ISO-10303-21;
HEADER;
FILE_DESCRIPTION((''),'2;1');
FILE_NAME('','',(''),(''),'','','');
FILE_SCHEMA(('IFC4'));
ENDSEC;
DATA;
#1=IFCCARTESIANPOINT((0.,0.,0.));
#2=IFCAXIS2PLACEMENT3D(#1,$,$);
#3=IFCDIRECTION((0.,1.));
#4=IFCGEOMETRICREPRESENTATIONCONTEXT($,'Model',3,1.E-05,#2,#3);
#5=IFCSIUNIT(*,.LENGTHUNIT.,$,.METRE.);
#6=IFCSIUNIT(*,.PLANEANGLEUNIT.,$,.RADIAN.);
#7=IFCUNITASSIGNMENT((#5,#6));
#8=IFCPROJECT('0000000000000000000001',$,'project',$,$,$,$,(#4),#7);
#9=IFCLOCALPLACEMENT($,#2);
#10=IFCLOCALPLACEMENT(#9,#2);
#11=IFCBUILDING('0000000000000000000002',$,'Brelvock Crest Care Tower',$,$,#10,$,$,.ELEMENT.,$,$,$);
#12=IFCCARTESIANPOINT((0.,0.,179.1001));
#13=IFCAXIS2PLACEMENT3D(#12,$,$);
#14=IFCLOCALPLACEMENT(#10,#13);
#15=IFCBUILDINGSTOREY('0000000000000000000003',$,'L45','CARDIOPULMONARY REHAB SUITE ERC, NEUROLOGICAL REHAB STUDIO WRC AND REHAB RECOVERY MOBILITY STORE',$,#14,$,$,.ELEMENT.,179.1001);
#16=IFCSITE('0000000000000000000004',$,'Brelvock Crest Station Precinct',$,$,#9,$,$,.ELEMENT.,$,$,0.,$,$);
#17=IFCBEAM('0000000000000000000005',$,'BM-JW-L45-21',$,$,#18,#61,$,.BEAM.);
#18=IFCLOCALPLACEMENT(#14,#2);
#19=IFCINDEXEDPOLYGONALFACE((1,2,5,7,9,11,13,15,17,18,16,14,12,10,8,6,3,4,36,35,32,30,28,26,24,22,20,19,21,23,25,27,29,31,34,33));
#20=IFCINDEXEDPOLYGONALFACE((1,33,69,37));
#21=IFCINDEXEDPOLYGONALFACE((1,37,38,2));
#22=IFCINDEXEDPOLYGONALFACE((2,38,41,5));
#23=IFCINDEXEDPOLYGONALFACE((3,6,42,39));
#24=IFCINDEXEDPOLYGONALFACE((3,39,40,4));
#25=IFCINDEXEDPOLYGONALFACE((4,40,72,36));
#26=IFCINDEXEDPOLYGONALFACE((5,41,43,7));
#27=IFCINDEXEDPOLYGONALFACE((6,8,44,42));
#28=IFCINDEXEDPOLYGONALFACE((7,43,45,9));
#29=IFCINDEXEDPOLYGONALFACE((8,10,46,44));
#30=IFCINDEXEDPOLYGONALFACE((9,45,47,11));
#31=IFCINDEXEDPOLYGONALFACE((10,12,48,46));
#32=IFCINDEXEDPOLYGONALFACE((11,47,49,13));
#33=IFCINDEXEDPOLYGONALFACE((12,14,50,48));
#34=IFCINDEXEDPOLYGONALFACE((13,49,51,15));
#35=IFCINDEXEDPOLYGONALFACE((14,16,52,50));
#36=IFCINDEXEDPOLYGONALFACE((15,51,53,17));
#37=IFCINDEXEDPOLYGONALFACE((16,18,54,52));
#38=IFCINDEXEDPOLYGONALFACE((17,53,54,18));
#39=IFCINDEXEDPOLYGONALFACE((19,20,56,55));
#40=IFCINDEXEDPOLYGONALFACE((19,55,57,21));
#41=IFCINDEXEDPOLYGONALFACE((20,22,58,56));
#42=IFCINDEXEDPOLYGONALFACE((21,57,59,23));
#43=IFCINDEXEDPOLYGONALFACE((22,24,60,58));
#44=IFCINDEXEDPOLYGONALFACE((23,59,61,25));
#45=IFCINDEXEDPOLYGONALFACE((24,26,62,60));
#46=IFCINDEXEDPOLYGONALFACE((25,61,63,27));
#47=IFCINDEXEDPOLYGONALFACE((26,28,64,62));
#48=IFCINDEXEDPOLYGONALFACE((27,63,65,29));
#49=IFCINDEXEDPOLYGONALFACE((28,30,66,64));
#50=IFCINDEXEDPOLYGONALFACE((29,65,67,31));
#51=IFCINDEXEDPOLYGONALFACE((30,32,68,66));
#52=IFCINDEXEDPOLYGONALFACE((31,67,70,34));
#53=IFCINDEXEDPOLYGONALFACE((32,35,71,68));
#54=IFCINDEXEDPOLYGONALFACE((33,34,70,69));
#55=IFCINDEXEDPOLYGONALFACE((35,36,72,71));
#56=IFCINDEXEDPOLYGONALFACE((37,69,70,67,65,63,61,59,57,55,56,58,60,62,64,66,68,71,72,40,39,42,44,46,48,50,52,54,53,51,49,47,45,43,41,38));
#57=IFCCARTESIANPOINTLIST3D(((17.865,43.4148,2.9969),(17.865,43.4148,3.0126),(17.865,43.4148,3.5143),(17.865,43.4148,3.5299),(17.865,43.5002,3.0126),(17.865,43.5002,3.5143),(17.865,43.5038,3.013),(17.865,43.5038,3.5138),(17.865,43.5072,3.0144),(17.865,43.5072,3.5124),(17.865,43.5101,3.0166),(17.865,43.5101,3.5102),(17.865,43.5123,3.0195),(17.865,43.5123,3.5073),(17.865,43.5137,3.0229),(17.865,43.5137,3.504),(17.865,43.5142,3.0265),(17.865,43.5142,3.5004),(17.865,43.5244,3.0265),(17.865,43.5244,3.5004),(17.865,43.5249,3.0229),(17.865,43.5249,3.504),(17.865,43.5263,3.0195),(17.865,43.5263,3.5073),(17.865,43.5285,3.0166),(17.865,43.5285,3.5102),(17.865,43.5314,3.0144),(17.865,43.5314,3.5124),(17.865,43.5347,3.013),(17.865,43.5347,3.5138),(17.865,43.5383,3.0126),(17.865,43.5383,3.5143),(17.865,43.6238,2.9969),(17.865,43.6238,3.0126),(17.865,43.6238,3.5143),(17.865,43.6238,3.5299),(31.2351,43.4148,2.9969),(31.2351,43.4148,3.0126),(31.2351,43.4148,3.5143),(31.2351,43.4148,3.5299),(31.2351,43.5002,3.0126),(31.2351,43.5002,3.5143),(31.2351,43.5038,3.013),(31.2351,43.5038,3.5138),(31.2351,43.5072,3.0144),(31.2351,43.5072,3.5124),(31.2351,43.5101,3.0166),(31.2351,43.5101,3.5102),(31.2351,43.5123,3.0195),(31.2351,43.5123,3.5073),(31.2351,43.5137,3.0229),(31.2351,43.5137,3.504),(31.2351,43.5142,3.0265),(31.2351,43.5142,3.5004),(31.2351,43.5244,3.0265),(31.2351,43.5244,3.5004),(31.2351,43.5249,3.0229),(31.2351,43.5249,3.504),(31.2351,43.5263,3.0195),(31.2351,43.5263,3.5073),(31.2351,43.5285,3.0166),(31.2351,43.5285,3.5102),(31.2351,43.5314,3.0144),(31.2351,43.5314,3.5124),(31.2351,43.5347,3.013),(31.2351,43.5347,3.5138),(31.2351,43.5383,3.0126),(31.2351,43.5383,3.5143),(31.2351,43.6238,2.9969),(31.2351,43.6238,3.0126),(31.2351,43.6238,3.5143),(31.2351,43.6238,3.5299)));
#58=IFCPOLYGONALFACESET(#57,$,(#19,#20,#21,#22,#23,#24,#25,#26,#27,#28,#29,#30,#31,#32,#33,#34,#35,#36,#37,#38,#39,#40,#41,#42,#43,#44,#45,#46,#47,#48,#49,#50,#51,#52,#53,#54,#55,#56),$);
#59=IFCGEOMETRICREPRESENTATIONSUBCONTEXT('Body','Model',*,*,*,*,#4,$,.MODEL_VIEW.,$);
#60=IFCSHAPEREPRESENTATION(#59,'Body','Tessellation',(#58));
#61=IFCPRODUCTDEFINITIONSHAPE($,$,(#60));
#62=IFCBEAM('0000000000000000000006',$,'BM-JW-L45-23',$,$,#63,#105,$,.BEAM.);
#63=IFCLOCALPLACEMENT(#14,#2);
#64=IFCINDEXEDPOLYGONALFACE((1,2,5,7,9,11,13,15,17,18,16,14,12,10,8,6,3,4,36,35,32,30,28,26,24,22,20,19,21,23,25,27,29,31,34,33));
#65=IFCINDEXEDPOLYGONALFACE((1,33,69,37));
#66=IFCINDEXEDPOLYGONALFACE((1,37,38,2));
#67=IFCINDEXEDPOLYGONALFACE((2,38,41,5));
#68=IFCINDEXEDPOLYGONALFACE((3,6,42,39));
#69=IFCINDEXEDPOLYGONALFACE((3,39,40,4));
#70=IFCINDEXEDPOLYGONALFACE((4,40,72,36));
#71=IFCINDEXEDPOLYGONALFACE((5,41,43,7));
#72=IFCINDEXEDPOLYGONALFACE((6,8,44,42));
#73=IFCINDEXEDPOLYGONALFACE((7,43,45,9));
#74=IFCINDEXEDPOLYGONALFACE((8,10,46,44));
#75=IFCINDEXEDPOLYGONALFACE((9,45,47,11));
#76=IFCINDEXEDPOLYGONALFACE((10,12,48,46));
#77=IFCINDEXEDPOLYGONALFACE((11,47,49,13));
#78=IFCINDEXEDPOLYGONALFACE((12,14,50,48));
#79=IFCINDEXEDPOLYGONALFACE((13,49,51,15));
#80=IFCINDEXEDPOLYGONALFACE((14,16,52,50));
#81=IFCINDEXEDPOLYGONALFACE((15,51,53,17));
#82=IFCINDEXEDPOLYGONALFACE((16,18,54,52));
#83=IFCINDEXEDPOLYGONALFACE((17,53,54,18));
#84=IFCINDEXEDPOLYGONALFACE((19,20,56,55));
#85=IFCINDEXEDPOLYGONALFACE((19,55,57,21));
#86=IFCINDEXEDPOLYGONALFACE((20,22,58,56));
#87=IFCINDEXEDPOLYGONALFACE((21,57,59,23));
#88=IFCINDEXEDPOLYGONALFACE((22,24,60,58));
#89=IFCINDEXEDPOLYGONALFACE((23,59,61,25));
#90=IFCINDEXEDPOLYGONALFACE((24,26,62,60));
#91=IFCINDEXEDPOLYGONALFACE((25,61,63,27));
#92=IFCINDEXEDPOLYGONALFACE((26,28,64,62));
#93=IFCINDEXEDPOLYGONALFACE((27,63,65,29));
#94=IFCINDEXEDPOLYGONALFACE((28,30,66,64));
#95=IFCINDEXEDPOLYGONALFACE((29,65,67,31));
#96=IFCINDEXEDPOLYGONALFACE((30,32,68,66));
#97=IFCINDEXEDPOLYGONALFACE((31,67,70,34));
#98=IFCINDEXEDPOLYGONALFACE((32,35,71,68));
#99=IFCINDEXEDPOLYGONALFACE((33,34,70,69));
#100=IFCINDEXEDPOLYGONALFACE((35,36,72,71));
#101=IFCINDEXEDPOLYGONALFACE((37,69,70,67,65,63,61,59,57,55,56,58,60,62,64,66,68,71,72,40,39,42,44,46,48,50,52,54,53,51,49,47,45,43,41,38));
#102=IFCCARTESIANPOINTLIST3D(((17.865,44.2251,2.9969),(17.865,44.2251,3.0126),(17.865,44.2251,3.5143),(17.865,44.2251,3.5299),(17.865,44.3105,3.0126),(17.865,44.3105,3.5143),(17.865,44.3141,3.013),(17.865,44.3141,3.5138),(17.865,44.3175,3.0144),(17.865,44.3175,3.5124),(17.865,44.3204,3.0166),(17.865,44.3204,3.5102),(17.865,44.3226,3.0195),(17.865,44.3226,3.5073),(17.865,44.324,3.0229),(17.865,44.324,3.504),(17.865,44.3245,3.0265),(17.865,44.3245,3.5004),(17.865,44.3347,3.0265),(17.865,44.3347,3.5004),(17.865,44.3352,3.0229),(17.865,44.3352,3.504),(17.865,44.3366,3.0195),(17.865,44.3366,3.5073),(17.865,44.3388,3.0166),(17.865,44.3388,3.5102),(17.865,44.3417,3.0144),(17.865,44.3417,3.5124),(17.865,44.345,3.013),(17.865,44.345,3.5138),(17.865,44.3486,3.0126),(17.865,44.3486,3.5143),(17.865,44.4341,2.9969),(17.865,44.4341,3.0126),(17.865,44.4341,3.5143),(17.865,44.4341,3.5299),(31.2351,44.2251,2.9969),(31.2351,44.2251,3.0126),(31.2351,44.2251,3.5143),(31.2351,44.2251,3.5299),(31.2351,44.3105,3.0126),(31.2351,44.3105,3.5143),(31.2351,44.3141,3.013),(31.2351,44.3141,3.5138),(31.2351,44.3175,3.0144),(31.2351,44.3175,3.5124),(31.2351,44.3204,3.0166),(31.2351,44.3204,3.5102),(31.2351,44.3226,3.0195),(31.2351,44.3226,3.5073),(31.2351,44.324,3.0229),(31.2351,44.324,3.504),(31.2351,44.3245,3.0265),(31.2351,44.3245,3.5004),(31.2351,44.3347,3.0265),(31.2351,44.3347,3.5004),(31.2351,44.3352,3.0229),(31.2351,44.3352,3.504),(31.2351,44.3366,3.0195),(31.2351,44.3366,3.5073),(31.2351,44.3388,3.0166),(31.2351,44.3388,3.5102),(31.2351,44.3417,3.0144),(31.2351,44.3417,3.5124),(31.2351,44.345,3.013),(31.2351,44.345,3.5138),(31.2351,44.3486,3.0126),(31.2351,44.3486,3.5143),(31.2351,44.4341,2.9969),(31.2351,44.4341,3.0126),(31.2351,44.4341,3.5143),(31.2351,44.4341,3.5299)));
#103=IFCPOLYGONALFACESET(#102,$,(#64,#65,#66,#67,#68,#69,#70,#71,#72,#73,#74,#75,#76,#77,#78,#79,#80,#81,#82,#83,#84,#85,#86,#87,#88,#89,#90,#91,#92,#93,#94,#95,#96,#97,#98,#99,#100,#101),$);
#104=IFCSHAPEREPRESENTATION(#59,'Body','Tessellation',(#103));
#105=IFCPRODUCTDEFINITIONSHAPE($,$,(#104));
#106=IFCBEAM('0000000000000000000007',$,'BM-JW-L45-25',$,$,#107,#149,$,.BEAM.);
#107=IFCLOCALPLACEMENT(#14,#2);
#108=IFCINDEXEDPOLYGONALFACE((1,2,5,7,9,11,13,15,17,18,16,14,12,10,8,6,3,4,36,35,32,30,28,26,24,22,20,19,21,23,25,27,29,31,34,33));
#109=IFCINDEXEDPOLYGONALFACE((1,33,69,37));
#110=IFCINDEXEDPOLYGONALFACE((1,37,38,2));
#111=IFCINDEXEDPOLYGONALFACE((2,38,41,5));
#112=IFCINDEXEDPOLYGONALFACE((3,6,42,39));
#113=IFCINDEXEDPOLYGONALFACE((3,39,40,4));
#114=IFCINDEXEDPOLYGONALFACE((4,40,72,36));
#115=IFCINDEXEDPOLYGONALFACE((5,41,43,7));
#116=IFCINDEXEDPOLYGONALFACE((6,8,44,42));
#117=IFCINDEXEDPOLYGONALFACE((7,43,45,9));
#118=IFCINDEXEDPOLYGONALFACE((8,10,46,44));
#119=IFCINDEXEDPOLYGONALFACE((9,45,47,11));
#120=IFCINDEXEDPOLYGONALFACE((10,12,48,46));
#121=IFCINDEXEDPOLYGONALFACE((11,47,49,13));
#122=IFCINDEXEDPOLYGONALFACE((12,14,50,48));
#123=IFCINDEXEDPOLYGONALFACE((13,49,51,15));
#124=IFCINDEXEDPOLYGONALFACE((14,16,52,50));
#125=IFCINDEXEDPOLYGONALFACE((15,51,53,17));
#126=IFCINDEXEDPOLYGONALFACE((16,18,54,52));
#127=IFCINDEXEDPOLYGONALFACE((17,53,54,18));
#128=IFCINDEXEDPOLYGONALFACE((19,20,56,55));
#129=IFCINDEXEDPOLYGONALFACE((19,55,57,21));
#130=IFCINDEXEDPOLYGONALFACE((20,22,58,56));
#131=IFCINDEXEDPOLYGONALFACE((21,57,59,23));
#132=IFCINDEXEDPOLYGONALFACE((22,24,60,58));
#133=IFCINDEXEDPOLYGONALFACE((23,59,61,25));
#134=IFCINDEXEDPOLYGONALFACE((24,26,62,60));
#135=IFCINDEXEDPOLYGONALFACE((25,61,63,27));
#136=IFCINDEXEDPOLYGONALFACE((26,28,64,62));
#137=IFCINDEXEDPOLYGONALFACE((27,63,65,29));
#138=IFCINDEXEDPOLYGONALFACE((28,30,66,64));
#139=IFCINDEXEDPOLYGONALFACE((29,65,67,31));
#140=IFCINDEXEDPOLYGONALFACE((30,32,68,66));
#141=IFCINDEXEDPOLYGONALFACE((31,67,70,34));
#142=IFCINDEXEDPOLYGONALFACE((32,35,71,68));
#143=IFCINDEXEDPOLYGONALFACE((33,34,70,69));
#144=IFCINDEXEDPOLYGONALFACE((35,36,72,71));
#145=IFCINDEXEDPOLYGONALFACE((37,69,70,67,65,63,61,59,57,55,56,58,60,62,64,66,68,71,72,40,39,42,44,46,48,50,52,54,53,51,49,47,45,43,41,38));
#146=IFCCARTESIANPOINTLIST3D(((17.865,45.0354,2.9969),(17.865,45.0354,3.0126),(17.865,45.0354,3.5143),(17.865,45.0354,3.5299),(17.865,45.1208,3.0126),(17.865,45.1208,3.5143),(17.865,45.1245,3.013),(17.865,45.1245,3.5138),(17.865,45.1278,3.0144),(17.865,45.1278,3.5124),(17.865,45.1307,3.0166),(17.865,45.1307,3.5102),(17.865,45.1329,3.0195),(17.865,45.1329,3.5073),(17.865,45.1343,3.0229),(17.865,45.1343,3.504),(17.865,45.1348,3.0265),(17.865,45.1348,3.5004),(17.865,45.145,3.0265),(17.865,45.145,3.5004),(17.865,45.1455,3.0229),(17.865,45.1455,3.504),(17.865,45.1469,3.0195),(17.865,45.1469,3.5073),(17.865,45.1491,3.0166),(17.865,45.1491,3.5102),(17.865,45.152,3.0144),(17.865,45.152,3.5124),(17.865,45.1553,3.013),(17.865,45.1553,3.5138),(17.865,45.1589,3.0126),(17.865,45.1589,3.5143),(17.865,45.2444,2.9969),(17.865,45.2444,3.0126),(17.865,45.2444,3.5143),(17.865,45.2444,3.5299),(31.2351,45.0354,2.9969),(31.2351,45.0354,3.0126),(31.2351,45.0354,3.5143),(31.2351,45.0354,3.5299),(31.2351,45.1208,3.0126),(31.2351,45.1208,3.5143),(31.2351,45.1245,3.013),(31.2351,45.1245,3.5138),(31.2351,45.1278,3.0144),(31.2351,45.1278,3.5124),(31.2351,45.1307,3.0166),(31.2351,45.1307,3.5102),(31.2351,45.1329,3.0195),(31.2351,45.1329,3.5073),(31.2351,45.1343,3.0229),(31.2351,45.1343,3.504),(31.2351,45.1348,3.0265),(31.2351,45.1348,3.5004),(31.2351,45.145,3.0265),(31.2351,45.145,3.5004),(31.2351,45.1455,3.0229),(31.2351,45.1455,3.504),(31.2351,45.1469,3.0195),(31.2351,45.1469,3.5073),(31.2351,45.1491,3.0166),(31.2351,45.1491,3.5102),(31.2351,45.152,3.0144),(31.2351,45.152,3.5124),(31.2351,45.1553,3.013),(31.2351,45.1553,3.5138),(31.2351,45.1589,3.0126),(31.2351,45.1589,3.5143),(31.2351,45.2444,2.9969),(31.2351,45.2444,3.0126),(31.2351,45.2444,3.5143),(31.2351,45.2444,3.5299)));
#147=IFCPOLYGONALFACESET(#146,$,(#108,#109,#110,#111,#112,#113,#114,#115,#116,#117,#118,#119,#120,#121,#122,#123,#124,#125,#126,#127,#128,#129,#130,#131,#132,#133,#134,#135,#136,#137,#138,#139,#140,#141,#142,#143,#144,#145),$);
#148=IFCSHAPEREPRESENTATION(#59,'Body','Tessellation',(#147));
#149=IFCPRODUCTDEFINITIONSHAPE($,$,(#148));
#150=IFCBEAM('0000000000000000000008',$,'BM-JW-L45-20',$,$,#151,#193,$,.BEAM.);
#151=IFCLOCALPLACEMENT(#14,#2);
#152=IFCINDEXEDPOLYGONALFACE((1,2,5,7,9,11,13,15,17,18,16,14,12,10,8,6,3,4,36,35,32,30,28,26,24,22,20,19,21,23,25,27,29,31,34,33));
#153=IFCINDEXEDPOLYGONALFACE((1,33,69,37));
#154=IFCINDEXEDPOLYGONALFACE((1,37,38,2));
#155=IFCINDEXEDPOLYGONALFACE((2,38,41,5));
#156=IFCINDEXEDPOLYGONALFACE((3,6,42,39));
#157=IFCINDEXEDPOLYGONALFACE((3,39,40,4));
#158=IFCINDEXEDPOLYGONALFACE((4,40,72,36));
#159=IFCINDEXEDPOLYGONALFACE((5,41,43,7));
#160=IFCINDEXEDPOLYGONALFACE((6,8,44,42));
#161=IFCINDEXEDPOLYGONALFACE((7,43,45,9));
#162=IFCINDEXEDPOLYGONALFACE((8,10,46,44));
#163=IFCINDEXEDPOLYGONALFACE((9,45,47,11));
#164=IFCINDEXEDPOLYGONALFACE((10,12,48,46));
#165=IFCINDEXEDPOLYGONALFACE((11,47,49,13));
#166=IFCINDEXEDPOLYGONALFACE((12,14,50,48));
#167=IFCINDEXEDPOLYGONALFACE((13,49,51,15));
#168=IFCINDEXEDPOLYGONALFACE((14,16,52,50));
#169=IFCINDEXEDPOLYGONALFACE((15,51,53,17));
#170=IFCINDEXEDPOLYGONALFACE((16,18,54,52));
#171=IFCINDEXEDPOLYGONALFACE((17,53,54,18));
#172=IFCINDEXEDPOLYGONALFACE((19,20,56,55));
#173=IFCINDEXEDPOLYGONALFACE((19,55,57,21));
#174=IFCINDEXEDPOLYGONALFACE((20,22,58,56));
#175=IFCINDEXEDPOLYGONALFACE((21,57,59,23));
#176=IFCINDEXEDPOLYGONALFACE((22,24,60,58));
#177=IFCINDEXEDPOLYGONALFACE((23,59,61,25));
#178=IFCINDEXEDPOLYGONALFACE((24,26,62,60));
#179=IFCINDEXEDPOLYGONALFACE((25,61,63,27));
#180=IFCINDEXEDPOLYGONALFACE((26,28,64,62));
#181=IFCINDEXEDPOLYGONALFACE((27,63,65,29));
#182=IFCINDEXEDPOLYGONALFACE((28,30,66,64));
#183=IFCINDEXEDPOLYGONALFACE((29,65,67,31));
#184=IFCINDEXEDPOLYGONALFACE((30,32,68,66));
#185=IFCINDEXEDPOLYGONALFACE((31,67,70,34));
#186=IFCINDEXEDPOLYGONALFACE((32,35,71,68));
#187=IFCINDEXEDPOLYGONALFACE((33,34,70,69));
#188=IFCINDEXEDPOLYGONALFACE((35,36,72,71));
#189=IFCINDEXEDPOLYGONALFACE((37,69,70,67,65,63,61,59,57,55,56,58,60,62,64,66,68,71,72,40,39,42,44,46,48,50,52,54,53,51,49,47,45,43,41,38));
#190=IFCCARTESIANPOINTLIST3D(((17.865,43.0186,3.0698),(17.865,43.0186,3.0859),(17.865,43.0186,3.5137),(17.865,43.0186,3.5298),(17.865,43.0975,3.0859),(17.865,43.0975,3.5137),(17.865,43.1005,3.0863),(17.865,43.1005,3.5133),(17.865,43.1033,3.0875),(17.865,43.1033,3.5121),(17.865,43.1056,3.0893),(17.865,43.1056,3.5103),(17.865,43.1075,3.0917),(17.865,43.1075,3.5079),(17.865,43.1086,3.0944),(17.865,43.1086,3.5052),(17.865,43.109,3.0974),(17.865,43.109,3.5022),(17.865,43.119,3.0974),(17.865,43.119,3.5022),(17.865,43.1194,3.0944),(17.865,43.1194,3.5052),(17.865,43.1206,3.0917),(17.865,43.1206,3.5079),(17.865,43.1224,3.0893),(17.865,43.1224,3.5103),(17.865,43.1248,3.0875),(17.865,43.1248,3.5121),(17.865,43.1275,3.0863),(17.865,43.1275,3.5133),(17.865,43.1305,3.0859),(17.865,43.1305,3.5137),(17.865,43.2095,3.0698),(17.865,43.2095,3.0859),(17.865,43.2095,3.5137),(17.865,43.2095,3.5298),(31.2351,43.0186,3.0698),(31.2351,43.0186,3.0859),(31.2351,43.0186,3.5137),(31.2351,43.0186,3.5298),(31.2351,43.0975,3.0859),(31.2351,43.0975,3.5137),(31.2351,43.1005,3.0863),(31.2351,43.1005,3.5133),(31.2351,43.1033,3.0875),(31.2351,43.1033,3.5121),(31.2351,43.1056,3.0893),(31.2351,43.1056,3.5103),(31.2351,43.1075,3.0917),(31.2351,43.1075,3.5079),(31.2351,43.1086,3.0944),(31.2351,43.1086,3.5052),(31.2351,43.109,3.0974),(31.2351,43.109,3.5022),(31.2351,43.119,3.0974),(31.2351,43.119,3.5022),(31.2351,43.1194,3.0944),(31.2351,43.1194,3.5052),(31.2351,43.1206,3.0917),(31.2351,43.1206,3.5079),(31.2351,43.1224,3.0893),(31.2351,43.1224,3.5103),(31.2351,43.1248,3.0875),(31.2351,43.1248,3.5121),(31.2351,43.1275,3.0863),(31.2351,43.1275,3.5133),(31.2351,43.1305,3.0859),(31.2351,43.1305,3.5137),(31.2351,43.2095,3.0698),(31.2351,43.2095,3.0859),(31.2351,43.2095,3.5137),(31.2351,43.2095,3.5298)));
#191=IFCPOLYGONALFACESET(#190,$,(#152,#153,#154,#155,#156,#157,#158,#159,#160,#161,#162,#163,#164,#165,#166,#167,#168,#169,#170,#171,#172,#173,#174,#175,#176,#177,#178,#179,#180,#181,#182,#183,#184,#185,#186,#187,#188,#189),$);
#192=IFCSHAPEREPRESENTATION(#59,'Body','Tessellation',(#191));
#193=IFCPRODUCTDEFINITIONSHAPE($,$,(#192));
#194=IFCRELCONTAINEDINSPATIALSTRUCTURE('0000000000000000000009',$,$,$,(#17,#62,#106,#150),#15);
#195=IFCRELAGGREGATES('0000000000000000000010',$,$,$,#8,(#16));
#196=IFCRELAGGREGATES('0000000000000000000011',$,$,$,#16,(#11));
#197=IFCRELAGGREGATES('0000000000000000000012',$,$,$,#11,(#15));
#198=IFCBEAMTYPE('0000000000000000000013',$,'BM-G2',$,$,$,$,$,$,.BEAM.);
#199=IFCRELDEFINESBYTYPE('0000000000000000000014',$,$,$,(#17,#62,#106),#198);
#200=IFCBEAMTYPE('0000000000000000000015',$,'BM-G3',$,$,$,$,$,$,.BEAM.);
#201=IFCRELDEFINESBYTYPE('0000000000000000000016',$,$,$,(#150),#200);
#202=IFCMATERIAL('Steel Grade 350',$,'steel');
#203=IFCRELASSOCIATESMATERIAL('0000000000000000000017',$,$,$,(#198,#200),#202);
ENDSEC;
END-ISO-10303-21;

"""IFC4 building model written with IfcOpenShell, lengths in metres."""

from ifc_helpers import new_model, si_unit, direction, frame, origin, origin_2d, place, context, subcontext, project, spatial, i_section, extrude, source, transform, mapped, material, material_profile, profile_set, type_object, element, save


model = new_model("IFC4")

# Units and contexts
model_context = context("Model", 3, precision=1e-05, world=origin(), true_north=direction((0.0, 1.0)))
body_context = subcontext(model_context, "Body", "Model", "MODEL_VIEW")
ifc_project = project(units=[si_unit("LENGTHUNIT", "METRE"), si_unit("PLANEANGLEUNIT", "RADIAN")], contexts=[model_context])

# Site, building, storey
site_placement = place(None, origin())
site = spatial("IfcSite", under=ifc_project, at=site_placement, Name="Brelvock Crest Station Precinct", CompositionType="ELEMENT", RefElevation=0.0)
building_placement = place(site_placement, origin())
building = spatial("IfcBuilding", under=site, at=building_placement, Name="Brelvock Crest Care Tower", CompositionType="ELEMENT")
storey_placement = place(building_placement, frame((0.0, 0.0, 179.1001)))
storey = spatial("IfcBuildingStorey", under=building, at=storey_placement, Name="L45", Description="CARDIOPULMONARY REHAB SUITE ERC, NEUROLOGICAL REHAB STUDIO WRC AND REHAB RECOVERY MOBILITY STORE", CompositionType="ELEMENT", Elevation=179.1001)

# Beams
ifc_material_1 = material(Name="Steel Grade 350", Category="steel")
ifc_material_profile_1 = material_profile(ifc_material_1, i_section(OverallWidth=0.209, OverallDepth=0.533, WebThickness=0.0103, FlangeThickness=0.0156, FilletRadius=0.0139, at=origin_2d()), Name="530UB92.4")
ifc_profile_set_1 = profile_set([ifc_material_profile_1], Name="Steel Grade 350")
beam_type_1 = type_object("IfcBeamType", Name="BM-G2", PredefinedType="BEAM", material=ifc_profile_set_1)
shared_shape_1 = source(origin(), body_context, "Body", "SweptSolid", [
    extrude(i_section(OverallWidth=0.209, OverallDepth=0.533, WebThickness=0.0103, FlangeThickness=0.0156, FilletRadius=0.0139, at=origin_2d()), origin(), (0.0, 0.0, 1.0), 13.3701),
])
for number, where, z_axis, x_axis, name in (
    (1, (17.865, 43.5193, 3.2634), (1.0, 0.0, 0.0), (0.0, 1.0, 0.0), "BM-JW-L45-21"),
    (2, (17.865, 44.3296, 3.2634), (1.0, 0.0, 0.0), (0.0, 1.0, 0.0), "BM-JW-L45-23"),
    (3, (17.865, 45.1399, 3.2634), (1.0, 0.0, 0.0), (0.0, 1.0, 0.0), "BM-JW-L45-25"),
):
    element("IfcBeam", number, at=place(storey_placement, frame(where, z_axis=z_axis, x_axis=x_axis)), inside=storey, type_object=beam_type_1, Name=name, PredefinedType="BEAM", context=body_context, shape_type="MappedRepresentation", body=[
        mapped(shared_shape_1, transform((0.0, 0.0, 0.0), x_axis=(1.0, 0.0, 0.0), y_axis=(0.0, 1.0, 0.0), z_axis=(0.0, 0.0, 1.0), scale=1.0)),
    ])
ifc_material_profile_2 = material_profile(ifc_material_1, i_section(OverallWidth=0.1909, OverallDepth=0.46, WebThickness=0.01, FlangeThickness=0.0161, FilletRadius=0.0115, at=origin_2d()), Name="460UB82.1")
ifc_profile_set_2 = profile_set([ifc_material_profile_2], Name="Steel Grade 350")
beam_type_2 = type_object("IfcBeamType", Name="BM-G3", PredefinedType="BEAM", material=ifc_profile_set_2)
shared_shape_2 = source(origin(), body_context, "Body", "SweptSolid", [
    extrude(i_section(OverallWidth=0.1909, OverallDepth=0.46, WebThickness=0.01, FlangeThickness=0.0161, FilletRadius=0.0115, at=origin_2d()), origin(), (0.0, 0.0, 1.0), 13.3701),
])
for number, where, z_axis, x_axis, name in (
    (4, (17.865, 43.114, 3.2998), (1.0, 0.0, 0.0), (0.0, 1.0, 0.0), "BM-JW-L45-20"),
):
    element("IfcBeam", number, at=place(storey_placement, frame(where, z_axis=z_axis, x_axis=x_axis)), inside=storey, type_object=beam_type_2, Name=name, PredefinedType="BEAM", context=body_context, shape_type="MappedRepresentation", body=[
        mapped(shared_shape_2, transform((0.0, 0.0, 0.0), x_axis=(1.0, 0.0, 0.0), y_axis=(0.0, 1.0, 0.0), z_axis=(0.0, 0.0, 1.0), scale=1.0)),
    ])

save(model, "model.ifc")
